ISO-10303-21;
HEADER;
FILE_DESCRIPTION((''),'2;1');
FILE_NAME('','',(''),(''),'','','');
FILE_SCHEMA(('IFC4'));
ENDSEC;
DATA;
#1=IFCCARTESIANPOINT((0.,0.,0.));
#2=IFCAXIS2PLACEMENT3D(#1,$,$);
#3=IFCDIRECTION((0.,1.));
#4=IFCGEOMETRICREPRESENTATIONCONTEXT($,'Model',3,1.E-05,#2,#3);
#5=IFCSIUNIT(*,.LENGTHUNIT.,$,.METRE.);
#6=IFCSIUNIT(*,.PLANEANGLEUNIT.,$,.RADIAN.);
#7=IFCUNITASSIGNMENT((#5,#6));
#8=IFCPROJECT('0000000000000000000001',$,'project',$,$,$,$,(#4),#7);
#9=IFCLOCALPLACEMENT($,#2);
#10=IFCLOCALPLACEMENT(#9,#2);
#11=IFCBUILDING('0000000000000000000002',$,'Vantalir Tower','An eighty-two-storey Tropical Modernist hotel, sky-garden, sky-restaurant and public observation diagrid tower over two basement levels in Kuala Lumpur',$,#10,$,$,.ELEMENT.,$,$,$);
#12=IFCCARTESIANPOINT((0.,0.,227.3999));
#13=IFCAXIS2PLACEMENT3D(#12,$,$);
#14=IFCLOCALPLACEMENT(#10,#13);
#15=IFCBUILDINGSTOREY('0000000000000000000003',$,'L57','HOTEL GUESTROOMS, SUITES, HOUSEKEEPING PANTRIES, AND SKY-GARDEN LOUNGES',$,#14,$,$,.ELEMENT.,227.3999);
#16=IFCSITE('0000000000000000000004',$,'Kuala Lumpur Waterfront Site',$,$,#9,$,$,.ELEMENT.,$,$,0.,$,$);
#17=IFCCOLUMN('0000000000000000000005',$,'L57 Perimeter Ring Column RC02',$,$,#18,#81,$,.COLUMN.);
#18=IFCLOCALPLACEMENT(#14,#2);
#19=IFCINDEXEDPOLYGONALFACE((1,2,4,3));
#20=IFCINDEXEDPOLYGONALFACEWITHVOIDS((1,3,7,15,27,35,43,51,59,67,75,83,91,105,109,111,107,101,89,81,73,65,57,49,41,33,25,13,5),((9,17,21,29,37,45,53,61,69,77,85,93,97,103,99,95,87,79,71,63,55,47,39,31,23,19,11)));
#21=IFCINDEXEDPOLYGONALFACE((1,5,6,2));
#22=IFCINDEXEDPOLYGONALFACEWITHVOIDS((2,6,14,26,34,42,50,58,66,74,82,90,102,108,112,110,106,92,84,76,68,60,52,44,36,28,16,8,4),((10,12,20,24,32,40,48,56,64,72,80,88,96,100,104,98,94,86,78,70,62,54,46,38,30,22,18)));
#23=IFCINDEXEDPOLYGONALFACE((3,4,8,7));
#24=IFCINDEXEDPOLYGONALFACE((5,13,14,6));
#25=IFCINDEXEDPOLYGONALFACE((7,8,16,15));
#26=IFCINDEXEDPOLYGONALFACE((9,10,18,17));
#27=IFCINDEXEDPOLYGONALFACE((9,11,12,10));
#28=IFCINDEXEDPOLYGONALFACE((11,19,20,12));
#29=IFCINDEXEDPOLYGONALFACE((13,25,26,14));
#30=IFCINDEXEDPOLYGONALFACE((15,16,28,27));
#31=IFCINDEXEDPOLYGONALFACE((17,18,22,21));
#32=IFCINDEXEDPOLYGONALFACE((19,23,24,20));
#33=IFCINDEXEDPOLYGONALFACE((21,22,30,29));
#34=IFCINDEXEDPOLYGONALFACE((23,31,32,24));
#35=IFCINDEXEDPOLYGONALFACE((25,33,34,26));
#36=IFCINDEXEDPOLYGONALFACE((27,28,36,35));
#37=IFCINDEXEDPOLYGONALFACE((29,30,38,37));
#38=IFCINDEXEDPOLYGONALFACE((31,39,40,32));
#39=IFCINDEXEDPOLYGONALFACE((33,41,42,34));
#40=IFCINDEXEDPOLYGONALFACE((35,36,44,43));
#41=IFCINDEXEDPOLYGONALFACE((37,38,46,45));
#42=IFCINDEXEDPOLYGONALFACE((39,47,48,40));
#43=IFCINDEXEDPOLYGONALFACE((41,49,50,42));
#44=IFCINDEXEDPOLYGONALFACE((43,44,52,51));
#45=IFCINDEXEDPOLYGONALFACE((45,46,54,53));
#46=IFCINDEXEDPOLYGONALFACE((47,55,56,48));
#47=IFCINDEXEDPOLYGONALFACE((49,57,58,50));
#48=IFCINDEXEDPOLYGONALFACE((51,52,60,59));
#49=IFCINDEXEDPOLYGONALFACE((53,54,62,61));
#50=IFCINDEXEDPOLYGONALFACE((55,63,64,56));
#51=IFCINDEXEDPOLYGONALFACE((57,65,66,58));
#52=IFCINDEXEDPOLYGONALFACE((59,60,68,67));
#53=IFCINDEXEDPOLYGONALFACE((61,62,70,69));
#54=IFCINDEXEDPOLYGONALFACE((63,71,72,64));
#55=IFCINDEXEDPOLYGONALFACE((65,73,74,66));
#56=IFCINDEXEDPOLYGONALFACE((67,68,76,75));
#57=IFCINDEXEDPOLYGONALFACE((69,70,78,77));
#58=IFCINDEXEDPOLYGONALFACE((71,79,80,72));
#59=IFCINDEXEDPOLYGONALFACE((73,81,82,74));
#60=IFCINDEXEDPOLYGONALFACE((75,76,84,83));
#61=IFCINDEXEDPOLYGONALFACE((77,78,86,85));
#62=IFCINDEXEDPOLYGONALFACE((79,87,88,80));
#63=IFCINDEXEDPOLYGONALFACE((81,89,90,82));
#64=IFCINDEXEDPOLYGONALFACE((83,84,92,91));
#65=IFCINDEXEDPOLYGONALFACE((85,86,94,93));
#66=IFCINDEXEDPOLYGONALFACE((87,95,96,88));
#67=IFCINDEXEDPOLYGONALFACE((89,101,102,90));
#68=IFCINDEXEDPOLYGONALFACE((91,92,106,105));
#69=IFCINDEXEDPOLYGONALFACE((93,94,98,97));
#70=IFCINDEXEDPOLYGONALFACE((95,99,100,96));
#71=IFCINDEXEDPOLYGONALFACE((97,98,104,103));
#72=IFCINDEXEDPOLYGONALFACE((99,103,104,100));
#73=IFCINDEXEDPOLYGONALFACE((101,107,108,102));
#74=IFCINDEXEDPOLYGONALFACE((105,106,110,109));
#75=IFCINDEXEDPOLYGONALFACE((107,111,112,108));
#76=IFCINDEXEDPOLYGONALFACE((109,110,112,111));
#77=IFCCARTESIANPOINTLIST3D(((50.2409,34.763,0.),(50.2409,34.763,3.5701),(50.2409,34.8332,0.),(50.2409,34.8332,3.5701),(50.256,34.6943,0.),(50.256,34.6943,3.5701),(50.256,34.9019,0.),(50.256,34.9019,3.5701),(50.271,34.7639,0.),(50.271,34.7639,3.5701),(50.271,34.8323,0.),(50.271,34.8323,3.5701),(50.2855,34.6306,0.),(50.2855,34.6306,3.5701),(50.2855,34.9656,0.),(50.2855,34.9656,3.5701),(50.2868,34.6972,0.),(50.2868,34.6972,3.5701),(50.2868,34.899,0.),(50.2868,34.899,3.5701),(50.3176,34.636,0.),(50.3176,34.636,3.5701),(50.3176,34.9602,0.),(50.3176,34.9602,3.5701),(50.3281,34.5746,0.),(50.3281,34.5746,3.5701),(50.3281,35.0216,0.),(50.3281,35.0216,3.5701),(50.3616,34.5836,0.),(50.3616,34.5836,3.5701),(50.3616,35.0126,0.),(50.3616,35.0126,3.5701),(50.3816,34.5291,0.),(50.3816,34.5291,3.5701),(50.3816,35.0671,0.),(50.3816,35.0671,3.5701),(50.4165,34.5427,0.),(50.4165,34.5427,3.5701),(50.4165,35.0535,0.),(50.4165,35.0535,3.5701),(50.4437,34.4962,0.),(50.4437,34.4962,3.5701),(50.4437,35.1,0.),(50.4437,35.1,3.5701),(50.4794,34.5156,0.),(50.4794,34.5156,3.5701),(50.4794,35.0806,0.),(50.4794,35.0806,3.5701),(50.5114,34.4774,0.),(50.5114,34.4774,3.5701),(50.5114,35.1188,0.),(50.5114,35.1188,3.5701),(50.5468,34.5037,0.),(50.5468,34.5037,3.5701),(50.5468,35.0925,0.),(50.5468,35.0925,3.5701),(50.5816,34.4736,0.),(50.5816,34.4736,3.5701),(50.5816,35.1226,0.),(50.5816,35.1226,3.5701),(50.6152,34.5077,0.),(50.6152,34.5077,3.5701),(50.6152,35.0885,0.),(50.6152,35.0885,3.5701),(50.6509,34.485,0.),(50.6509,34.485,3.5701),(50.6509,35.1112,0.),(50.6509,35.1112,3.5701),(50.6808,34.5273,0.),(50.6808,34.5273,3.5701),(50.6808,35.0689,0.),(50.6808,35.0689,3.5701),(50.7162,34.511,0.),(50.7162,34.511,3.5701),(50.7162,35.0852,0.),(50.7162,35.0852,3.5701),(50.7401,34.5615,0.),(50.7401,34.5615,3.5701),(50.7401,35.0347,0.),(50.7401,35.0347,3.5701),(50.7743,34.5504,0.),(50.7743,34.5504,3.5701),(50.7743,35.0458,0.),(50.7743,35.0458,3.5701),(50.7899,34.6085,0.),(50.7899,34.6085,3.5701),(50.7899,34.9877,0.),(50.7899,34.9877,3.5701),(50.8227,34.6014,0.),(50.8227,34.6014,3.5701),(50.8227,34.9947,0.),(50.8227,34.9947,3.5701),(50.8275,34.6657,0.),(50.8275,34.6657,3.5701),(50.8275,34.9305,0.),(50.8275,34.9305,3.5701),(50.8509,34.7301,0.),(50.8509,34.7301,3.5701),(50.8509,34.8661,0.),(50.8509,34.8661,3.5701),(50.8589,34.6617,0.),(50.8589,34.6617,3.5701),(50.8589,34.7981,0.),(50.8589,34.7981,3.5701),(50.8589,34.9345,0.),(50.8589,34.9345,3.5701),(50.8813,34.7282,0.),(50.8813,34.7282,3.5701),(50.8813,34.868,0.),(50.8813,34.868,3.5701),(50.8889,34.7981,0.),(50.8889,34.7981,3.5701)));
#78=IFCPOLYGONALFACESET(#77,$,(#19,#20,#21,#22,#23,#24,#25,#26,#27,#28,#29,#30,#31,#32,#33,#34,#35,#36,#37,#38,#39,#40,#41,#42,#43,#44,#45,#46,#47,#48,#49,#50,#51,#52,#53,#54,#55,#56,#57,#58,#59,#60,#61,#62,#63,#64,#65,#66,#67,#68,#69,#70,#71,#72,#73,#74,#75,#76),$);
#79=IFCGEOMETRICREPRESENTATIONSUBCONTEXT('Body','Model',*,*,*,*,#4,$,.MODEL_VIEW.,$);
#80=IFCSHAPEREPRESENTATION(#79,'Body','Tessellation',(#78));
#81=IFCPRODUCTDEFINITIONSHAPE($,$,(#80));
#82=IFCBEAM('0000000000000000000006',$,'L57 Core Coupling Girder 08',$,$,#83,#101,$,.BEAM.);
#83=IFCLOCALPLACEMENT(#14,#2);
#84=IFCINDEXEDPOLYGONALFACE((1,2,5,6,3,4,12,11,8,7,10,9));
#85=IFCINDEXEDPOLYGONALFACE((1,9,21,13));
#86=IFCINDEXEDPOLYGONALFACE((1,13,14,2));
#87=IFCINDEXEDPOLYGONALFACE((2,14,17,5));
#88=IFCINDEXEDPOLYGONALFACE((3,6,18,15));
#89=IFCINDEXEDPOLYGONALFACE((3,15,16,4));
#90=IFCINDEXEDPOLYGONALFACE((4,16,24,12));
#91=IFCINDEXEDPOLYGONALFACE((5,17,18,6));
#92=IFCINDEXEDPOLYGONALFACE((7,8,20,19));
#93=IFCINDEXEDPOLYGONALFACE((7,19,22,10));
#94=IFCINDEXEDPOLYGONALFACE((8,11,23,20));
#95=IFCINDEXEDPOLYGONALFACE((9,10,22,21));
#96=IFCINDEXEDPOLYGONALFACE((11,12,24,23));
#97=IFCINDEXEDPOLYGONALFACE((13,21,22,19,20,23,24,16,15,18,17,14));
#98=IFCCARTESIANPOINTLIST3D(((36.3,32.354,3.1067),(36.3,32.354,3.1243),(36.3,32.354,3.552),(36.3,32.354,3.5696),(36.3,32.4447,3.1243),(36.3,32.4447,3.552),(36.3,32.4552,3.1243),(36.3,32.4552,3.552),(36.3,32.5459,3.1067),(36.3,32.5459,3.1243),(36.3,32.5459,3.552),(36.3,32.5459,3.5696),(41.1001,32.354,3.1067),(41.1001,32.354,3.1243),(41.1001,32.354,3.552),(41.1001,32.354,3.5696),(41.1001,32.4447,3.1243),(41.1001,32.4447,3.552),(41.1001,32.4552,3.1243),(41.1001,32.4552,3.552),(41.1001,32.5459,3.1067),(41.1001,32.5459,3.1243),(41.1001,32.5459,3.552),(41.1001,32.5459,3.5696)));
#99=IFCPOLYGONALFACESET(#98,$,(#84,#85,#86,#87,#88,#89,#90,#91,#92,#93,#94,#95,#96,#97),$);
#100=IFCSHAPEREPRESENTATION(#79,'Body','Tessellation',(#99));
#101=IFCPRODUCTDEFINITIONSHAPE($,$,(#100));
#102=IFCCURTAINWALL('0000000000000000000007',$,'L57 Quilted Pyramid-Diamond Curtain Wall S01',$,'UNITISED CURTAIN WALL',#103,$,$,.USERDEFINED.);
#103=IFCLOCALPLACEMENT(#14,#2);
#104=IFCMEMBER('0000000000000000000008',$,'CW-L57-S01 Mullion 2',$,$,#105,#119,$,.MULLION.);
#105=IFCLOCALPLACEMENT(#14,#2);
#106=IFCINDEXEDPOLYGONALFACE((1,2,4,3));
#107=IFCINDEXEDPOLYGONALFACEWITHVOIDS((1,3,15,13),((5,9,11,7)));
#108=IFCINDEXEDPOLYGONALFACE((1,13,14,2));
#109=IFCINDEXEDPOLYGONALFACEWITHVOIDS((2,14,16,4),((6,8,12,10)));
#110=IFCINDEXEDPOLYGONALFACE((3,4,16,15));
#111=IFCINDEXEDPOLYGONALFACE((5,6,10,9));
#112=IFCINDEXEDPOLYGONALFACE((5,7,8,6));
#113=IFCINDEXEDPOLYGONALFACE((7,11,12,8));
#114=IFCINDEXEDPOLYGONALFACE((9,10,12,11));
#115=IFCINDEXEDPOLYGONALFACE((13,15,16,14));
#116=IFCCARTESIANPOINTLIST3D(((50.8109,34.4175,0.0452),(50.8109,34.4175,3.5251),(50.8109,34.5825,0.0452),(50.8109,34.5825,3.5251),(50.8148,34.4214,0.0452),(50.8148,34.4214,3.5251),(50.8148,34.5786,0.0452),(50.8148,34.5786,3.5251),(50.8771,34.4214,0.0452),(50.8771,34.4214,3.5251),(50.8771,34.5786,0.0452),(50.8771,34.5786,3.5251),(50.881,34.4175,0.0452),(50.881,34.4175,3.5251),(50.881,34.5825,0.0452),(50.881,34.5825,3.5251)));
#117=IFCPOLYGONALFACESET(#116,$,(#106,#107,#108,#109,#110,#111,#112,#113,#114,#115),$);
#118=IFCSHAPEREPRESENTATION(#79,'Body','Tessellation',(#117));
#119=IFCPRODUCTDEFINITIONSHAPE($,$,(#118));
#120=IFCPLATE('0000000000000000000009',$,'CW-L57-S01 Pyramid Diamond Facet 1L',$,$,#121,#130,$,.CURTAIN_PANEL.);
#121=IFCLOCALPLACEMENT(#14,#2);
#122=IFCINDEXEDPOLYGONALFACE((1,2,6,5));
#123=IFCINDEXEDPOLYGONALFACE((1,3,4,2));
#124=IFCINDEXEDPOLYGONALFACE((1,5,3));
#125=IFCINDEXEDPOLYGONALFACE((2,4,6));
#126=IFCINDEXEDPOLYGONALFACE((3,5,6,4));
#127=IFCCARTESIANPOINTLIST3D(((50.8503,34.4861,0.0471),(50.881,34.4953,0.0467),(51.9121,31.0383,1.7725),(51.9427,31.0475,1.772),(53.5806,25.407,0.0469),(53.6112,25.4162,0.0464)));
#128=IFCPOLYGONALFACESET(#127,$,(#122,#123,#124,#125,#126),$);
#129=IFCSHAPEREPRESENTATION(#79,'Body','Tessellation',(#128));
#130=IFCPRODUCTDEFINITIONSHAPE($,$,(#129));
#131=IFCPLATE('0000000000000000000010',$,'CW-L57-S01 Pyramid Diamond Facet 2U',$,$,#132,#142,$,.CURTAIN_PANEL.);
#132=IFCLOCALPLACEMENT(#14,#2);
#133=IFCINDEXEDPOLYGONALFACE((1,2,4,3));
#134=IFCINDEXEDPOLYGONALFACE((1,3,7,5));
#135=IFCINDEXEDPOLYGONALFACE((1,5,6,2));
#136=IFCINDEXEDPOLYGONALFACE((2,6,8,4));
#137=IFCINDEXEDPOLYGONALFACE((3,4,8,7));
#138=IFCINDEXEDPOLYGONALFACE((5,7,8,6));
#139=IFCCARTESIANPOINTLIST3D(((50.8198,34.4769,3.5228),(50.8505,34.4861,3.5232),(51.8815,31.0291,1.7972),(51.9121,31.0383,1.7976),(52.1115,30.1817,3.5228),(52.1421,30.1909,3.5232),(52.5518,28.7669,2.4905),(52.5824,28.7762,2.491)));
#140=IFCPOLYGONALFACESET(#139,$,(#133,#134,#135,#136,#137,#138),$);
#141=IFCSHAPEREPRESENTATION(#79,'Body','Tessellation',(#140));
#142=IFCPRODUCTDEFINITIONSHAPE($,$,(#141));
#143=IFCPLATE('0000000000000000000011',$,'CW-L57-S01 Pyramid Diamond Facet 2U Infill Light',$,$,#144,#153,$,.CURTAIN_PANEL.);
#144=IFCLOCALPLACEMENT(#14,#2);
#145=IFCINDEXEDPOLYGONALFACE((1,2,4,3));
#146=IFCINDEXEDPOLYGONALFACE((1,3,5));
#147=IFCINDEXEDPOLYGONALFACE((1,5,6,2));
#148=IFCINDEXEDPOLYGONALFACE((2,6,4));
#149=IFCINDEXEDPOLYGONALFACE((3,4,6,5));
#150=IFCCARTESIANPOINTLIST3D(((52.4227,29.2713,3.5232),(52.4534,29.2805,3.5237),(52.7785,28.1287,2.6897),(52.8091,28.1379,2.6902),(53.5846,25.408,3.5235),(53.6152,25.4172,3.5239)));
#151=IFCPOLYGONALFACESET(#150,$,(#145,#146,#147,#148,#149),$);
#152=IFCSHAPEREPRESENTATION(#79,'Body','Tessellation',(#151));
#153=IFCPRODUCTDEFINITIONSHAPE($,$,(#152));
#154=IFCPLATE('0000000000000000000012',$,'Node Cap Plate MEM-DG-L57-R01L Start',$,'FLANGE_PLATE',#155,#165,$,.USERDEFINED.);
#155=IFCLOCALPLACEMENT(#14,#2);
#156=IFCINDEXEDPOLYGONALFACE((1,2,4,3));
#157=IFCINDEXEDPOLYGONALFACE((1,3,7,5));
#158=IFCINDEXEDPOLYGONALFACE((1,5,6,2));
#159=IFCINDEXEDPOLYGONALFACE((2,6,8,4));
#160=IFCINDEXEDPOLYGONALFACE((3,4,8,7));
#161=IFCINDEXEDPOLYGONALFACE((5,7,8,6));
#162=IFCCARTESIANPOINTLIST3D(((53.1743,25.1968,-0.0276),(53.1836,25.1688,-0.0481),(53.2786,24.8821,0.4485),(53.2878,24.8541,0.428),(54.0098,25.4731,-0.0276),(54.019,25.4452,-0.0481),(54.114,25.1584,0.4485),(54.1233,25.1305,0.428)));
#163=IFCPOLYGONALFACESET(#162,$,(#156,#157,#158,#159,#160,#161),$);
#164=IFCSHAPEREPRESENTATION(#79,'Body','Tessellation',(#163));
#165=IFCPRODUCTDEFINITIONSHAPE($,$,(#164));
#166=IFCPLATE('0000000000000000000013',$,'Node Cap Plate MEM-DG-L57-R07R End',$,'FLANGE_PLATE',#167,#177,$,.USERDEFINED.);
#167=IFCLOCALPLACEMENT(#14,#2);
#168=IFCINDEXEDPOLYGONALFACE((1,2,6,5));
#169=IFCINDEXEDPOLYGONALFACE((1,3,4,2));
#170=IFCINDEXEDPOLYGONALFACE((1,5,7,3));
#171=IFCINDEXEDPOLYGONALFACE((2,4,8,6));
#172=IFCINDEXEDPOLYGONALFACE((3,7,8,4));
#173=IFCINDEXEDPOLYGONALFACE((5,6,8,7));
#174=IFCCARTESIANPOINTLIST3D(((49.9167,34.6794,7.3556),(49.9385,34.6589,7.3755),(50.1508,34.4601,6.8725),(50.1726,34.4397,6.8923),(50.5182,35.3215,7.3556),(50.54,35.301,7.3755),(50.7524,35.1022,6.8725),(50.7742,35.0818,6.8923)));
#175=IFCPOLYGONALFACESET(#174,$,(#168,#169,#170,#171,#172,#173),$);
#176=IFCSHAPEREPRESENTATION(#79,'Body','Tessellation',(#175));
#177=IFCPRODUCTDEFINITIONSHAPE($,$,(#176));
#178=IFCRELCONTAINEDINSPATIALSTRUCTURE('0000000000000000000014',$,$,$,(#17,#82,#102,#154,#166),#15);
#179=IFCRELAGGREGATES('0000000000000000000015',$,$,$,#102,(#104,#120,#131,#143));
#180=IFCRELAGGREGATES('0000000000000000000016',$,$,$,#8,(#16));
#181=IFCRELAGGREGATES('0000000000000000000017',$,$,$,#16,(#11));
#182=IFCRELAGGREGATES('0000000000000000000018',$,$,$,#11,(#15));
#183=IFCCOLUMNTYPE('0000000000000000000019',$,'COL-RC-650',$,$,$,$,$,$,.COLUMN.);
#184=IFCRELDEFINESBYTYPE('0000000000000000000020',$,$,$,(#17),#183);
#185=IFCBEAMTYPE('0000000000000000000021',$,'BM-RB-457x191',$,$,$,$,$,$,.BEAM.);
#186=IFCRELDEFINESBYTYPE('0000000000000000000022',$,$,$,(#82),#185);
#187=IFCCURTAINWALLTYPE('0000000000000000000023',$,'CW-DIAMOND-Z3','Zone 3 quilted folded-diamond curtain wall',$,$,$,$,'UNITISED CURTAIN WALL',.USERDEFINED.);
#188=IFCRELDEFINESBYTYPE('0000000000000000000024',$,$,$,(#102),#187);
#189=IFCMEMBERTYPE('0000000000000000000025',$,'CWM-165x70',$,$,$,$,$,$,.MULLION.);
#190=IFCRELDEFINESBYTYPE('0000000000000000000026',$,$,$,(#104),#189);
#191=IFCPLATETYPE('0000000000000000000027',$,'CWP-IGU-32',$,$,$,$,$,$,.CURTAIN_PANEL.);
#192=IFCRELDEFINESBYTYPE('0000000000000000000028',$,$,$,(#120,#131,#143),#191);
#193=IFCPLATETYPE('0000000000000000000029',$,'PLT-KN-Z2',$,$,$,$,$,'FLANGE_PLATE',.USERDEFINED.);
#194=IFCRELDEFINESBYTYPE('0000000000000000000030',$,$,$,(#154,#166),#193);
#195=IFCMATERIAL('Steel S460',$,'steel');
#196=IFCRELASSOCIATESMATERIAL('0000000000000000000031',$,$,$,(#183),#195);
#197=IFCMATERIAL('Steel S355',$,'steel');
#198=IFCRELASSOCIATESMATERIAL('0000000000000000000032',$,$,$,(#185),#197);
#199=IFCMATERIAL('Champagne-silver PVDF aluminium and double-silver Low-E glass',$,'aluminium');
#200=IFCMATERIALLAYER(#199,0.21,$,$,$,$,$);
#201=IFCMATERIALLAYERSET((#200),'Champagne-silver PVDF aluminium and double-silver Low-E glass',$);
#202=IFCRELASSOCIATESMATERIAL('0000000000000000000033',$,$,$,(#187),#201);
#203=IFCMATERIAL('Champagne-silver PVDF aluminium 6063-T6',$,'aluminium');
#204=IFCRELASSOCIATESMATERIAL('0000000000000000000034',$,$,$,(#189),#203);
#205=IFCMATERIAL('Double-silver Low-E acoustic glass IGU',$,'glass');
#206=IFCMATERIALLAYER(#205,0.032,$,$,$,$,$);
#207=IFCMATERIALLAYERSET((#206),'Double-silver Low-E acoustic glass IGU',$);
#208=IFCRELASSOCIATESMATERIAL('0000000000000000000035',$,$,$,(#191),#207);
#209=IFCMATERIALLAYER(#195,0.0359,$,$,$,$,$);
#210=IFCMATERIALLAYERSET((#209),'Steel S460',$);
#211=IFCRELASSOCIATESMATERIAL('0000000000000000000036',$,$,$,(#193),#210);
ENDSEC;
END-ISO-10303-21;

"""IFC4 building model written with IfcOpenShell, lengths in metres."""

from ifc_helpers import new_model, si_unit, direction, frame, origin, origin_2d, place, context, subcontext, project, spatial, polyline, hollow_rectangle, hollow_circle, i_section, outline, extrude, material, layer, layer_set, material_profile, profile_set, type_object, element, aggregate, save


model = new_model("IFC4")

# Units and contexts
model_context = context("Model", 3, precision=1e-05, world=origin(), true_north=direction((0.0, 1.0)))
body_context = subcontext(model_context, "Body", "Model", "MODEL_VIEW")
ifc_project = project(units=[si_unit("LENGTHUNIT", "METRE"), si_unit("PLANEANGLEUNIT", "RADIAN")], contexts=[model_context])

# Site, building, storey
site_placement = place(None, origin())
site = spatial("IfcSite", under=ifc_project, at=site_placement, Name="Kuala Lumpur Waterfront Site", CompositionType="ELEMENT", RefElevation=0.0)
building_placement = place(site_placement, origin())
building = spatial("IfcBuilding", under=site, at=building_placement, Name="Vantalir Tower", Description="An eighty-two-storey Tropical Modernist hotel, sky-garden, sky-restaurant and public observation diagrid tower over two basement levels in Kuala Lumpur", CompositionType="ELEMENT")
storey_placement = place(building_placement, frame((0.0, 0.0, 227.3999)))
storey = spatial("IfcBuildingStorey", under=building, at=storey_placement, Name="L57", Description="HOTEL GUESTROOMS, SUITES, HOUSEKEEPING PANTRIES, AND SKY-GARDEN LOUNGES", CompositionType="ELEMENT", Elevation=227.3999)

# Column
ifc_material_1 = material(Name="Steel S460", Category="steel")
ifc_material_profile_1 = material_profile(ifc_material_1, hollow_circle(Radius=0.325, WallThickness=0.03, at=origin_2d()), Name="Steel S460")
ifc_profile_set_1 = profile_set([ifc_material_profile_1], Name="Steel S460")
column_type = type_object("IfcColumnType", Name="COL-RC-650", PredefinedType="COLUMN", material=ifc_profile_set_1)
column_placement = place(storey_placement, frame((50.564, 34.7981, 0.0), z_axis=(0.0, 0.0, 1.0), x_axis=(1.0, 0.0, 0.0)))
element("IfcColumn", 1, at=column_placement, inside=storey, type_object=column_type, Name="L57 Perimeter Ring Column RC02", PredefinedType="COLUMN", context=body_context, shape_type="SweptSolid", body=[
    extrude(hollow_circle(Radius=0.325, WallThickness=0.03, at=origin_2d()), origin(), (0.0, 0.0, 1.0), 3.5701),
])

# Beam
ifc_material_2 = material(Name="Steel S355", Category="steel")
ifc_material_profile_2 = material_profile(ifc_material_2, i_section(OverallWidth=0.1919, OverallDepth=0.4629, WebThickness=0.0105, FlangeThickness=0.0176, at=origin_2d()), Name="Steel S355")
ifc_profile_set_2 = profile_set([ifc_material_profile_2], Name="Steel S355")
beam_type = type_object("IfcBeamType", Name="BM-RB-457x191", PredefinedType="BEAM", material=ifc_profile_set_2)
beam_placement = place(storey_placement, frame((41.1001, 32.45, 3.3381), z_axis=(-1.0, 0.0, 0.0), x_axis=(0.0, -1.0, 0.0)))
element("IfcBeam", 2, at=beam_placement, inside=storey, type_object=beam_type, Name="L57 Core Coupling Girder 08", PredefinedType="BEAM", context=body_context, shape_type="SweptSolid", body=[
    extrude(i_section(OverallWidth=0.1919, OverallDepth=0.4629, WebThickness=0.0105, FlangeThickness=0.0176, at=origin_2d()), origin(), (0.0, 0.0, 1.0), 4.8),
])

# Curtain wall, member, plates
ifc_material_3 = material(Name="Champagne-silver PVDF aluminium and double-silver Low-E glass", Category="aluminium")
ifc_layer_1 = layer(ifc_material_3, 0.21)
ifc_layer_set_1 = layer_set([ifc_layer_1], Name="Champagne-silver PVDF aluminium and double-silver Low-E glass")
curtain_wall_type = type_object("IfcCurtainWallType", Name="CW-DIAMOND-Z3", Description="Zone 3 quilted folded-diamond curtain wall", ElementType="UNITISED CURTAIN WALL", PredefinedType="USERDEFINED", material=ifc_layer_set_1)
curtain_wall_placement = place(storey_placement, origin())
curtain_wall = element("IfcCurtainWall", 3, at=curtain_wall_placement, inside=storey, type_object=curtain_wall_type, Name="L57 Quilted Pyramid-Diamond Curtain Wall S01", ObjectType="UNITISED CURTAIN WALL", PredefinedType="USERDEFINED")
ifc_material_4 = material(Name="Champagne-silver PVDF aluminium 6063-T6", Category="aluminium")
ifc_material_profile_3 = material_profile(ifc_material_4, hollow_rectangle(XDim=0.0701, YDim=0.165, WallThickness=0.0039, at=origin_2d()), Name="Champagne-silver PVDF aluminium 6063-T6")
ifc_profile_set_3 = profile_set([ifc_material_profile_3], Name="Champagne-silver PVDF aluminium 6063-T6")
member_type = type_object("IfcMemberType", Name="CWM-165x70", PredefinedType="MULLION", material=ifc_profile_set_3)
member_placement = place(storey_placement, frame((50.8459, 34.5, 0.0452), z_axis=(0.0, 0.0, 1.0), x_axis=(1.0, 0.0, 0.0)))
member = element("IfcMember", 4, at=member_placement, type_object=member_type, Name="CW-L57-S01 Mullion 2", PredefinedType="MULLION", context=body_context, shape_type="SweptSolid", body=[
    extrude(hollow_rectangle(XDim=0.0701, YDim=0.165, WallThickness=0.0039, at=origin_2d()), origin(), (0.0, 0.0, 1.0), 3.48),
])
ifc_material_5 = material(Name="Double-silver Low-E acoustic glass IGU", Category="glass")
ifc_layer_2 = layer(ifc_material_5, 0.032)
ifc_layer_set_2 = layer_set([ifc_layer_2], Name="Double-silver Low-E acoustic glass IGU")
plate_type_1 = type_object("IfcPlateType", Name="CWP-IGU-32", PredefinedType="CURTAIN_PANEL", material=ifc_layer_set_2)
plate_1_placement = place(storey_placement, frame((53.5806, 25.407, 0.0469), z_axis=(-0.957545, -0.287949, 0.01386), x_axis=(-0.287976, 0.957638, 0.000026)))
plate_1 = element("IfcPlate", 5, at=plate_1_placement, type_object=plate_type_1, Name="CW-L57-S01 Pyramid Diamond Facet 1L", PredefinedType="CURTAIN_PANEL", context=body_context, shape_type="SweptSolid", body=[
    extrude(outline(polyline([(0.0, 0.0), (9.4807, 0.0), (5.8733, -1.7256), (0.0, 0.0)])), origin(), (0.0, 0.0, -1.0), 0.032),
])
plate_2_placement = place(storey_placement, frame((52.1421, 30.1909, 3.5232), z_axis=(0.957547, 0.287948, 0.013789), x_axis=(-0.287976, 0.957638, 0.0)))
plate_2 = element("IfcPlate", 6, at=plate_2_placement, type_object=plate_type_1, Name="CW-L57-S01 Pyramid Diamond Facet 2U", PredefinedType="CURTAIN_PANEL", context=body_context, shape_type="SweptSolid", body=[
    extrude(outline(polyline([(0.0, 0.0), (4.4852, 0.0), (0.8777, -1.7258), (-1.4816, -1.0323), (0.0, 0.0)])), origin(), (0.0, 0.0, -1.0), 0.032),
])
plate_3_placement = place(storey_placement, frame((53.6152, 25.4172, 3.5239), z_axis=(0.957537, 0.287976, 0.013885), x_axis=(-0.288003, 0.95763, -0.000061)))
plate_3 = element("IfcPlate", 7, at=plate_3_placement, type_object=plate_type_1, Name="CW-L57-S01 Pyramid Diamond Facet 2U Infill Light", PredefinedType="CURTAIN_PANEL", context=body_context, shape_type="SweptSolid", body=[
    extrude(outline(polyline([(0.0, 0.0), (4.0342, 0.0), (2.8377, -0.8336), (0.0, 0.0)])), origin(), (0.0, 0.0, -1.0), 0.032),
])
aggregate(curtain_wall, [member, plate_1, plate_2, plate_3])

# Plates
ifc_layer_3 = layer(ifc_material_1, 0.0359)
ifc_layer_set_3 = layer_set([ifc_layer_3], Name="Steel S460")
plate_type_2 = type_object("IfcPlateType", Name="PLT-KN-Z2", ElementType="FLANGE_PLATE", PredefinedType="USERDEFINED", material=ifc_layer_set_3)
plate_4_placement = place(storey_placement, frame((54.0098, 25.4731, -0.0276), z_axis=(-0.257731, 0.779114, 0.571451), x_axis=(-0.949402, -0.314063, 0.0)))
element("IfcPlate", 8, at=plate_4_placement, inside=storey, type_object=plate_type_2, Name="Node Cap Plate MEM-DG-L57-R01L Start", ObjectType="FLANGE_PLATE", PredefinedType="USERDEFINED", context=body_context, shape_type="SweptSolid", body=[
    extrude(outline(polyline([(0.0, 0.0), (0.88, 0.0), (0.8798, 0.5801), (-0.0001, 0.5801), (0.0, 0.0)])), origin(), (0.0, 0.0, -1.0), 0.0359),
])
plate_5_placement = place(storey_placement, frame((50.1726, 34.4397, 6.8923), z_axis=(0.607981, -0.569607, 0.553088), x_axis=(0.683701, 0.729762, 0.0)))
element("IfcPlate", 9, at=plate_5_placement, inside=storey, type_object=plate_type_2, Name="Node Cap Plate MEM-DG-L57-R07R End", ObjectType="FLANGE_PLATE", PredefinedType="USERDEFINED", context=body_context, shape_type="SweptSolid", body=[
    extrude(outline(polyline([(0.0, 0.0), (0.8799, 0.0), (0.8798, 0.5799), (-0.0001, 0.5799), (0.0, 0.0)])), origin(), (0.0, 0.0, -1.0), 0.0359),
])

save(model, "model.ifc")
